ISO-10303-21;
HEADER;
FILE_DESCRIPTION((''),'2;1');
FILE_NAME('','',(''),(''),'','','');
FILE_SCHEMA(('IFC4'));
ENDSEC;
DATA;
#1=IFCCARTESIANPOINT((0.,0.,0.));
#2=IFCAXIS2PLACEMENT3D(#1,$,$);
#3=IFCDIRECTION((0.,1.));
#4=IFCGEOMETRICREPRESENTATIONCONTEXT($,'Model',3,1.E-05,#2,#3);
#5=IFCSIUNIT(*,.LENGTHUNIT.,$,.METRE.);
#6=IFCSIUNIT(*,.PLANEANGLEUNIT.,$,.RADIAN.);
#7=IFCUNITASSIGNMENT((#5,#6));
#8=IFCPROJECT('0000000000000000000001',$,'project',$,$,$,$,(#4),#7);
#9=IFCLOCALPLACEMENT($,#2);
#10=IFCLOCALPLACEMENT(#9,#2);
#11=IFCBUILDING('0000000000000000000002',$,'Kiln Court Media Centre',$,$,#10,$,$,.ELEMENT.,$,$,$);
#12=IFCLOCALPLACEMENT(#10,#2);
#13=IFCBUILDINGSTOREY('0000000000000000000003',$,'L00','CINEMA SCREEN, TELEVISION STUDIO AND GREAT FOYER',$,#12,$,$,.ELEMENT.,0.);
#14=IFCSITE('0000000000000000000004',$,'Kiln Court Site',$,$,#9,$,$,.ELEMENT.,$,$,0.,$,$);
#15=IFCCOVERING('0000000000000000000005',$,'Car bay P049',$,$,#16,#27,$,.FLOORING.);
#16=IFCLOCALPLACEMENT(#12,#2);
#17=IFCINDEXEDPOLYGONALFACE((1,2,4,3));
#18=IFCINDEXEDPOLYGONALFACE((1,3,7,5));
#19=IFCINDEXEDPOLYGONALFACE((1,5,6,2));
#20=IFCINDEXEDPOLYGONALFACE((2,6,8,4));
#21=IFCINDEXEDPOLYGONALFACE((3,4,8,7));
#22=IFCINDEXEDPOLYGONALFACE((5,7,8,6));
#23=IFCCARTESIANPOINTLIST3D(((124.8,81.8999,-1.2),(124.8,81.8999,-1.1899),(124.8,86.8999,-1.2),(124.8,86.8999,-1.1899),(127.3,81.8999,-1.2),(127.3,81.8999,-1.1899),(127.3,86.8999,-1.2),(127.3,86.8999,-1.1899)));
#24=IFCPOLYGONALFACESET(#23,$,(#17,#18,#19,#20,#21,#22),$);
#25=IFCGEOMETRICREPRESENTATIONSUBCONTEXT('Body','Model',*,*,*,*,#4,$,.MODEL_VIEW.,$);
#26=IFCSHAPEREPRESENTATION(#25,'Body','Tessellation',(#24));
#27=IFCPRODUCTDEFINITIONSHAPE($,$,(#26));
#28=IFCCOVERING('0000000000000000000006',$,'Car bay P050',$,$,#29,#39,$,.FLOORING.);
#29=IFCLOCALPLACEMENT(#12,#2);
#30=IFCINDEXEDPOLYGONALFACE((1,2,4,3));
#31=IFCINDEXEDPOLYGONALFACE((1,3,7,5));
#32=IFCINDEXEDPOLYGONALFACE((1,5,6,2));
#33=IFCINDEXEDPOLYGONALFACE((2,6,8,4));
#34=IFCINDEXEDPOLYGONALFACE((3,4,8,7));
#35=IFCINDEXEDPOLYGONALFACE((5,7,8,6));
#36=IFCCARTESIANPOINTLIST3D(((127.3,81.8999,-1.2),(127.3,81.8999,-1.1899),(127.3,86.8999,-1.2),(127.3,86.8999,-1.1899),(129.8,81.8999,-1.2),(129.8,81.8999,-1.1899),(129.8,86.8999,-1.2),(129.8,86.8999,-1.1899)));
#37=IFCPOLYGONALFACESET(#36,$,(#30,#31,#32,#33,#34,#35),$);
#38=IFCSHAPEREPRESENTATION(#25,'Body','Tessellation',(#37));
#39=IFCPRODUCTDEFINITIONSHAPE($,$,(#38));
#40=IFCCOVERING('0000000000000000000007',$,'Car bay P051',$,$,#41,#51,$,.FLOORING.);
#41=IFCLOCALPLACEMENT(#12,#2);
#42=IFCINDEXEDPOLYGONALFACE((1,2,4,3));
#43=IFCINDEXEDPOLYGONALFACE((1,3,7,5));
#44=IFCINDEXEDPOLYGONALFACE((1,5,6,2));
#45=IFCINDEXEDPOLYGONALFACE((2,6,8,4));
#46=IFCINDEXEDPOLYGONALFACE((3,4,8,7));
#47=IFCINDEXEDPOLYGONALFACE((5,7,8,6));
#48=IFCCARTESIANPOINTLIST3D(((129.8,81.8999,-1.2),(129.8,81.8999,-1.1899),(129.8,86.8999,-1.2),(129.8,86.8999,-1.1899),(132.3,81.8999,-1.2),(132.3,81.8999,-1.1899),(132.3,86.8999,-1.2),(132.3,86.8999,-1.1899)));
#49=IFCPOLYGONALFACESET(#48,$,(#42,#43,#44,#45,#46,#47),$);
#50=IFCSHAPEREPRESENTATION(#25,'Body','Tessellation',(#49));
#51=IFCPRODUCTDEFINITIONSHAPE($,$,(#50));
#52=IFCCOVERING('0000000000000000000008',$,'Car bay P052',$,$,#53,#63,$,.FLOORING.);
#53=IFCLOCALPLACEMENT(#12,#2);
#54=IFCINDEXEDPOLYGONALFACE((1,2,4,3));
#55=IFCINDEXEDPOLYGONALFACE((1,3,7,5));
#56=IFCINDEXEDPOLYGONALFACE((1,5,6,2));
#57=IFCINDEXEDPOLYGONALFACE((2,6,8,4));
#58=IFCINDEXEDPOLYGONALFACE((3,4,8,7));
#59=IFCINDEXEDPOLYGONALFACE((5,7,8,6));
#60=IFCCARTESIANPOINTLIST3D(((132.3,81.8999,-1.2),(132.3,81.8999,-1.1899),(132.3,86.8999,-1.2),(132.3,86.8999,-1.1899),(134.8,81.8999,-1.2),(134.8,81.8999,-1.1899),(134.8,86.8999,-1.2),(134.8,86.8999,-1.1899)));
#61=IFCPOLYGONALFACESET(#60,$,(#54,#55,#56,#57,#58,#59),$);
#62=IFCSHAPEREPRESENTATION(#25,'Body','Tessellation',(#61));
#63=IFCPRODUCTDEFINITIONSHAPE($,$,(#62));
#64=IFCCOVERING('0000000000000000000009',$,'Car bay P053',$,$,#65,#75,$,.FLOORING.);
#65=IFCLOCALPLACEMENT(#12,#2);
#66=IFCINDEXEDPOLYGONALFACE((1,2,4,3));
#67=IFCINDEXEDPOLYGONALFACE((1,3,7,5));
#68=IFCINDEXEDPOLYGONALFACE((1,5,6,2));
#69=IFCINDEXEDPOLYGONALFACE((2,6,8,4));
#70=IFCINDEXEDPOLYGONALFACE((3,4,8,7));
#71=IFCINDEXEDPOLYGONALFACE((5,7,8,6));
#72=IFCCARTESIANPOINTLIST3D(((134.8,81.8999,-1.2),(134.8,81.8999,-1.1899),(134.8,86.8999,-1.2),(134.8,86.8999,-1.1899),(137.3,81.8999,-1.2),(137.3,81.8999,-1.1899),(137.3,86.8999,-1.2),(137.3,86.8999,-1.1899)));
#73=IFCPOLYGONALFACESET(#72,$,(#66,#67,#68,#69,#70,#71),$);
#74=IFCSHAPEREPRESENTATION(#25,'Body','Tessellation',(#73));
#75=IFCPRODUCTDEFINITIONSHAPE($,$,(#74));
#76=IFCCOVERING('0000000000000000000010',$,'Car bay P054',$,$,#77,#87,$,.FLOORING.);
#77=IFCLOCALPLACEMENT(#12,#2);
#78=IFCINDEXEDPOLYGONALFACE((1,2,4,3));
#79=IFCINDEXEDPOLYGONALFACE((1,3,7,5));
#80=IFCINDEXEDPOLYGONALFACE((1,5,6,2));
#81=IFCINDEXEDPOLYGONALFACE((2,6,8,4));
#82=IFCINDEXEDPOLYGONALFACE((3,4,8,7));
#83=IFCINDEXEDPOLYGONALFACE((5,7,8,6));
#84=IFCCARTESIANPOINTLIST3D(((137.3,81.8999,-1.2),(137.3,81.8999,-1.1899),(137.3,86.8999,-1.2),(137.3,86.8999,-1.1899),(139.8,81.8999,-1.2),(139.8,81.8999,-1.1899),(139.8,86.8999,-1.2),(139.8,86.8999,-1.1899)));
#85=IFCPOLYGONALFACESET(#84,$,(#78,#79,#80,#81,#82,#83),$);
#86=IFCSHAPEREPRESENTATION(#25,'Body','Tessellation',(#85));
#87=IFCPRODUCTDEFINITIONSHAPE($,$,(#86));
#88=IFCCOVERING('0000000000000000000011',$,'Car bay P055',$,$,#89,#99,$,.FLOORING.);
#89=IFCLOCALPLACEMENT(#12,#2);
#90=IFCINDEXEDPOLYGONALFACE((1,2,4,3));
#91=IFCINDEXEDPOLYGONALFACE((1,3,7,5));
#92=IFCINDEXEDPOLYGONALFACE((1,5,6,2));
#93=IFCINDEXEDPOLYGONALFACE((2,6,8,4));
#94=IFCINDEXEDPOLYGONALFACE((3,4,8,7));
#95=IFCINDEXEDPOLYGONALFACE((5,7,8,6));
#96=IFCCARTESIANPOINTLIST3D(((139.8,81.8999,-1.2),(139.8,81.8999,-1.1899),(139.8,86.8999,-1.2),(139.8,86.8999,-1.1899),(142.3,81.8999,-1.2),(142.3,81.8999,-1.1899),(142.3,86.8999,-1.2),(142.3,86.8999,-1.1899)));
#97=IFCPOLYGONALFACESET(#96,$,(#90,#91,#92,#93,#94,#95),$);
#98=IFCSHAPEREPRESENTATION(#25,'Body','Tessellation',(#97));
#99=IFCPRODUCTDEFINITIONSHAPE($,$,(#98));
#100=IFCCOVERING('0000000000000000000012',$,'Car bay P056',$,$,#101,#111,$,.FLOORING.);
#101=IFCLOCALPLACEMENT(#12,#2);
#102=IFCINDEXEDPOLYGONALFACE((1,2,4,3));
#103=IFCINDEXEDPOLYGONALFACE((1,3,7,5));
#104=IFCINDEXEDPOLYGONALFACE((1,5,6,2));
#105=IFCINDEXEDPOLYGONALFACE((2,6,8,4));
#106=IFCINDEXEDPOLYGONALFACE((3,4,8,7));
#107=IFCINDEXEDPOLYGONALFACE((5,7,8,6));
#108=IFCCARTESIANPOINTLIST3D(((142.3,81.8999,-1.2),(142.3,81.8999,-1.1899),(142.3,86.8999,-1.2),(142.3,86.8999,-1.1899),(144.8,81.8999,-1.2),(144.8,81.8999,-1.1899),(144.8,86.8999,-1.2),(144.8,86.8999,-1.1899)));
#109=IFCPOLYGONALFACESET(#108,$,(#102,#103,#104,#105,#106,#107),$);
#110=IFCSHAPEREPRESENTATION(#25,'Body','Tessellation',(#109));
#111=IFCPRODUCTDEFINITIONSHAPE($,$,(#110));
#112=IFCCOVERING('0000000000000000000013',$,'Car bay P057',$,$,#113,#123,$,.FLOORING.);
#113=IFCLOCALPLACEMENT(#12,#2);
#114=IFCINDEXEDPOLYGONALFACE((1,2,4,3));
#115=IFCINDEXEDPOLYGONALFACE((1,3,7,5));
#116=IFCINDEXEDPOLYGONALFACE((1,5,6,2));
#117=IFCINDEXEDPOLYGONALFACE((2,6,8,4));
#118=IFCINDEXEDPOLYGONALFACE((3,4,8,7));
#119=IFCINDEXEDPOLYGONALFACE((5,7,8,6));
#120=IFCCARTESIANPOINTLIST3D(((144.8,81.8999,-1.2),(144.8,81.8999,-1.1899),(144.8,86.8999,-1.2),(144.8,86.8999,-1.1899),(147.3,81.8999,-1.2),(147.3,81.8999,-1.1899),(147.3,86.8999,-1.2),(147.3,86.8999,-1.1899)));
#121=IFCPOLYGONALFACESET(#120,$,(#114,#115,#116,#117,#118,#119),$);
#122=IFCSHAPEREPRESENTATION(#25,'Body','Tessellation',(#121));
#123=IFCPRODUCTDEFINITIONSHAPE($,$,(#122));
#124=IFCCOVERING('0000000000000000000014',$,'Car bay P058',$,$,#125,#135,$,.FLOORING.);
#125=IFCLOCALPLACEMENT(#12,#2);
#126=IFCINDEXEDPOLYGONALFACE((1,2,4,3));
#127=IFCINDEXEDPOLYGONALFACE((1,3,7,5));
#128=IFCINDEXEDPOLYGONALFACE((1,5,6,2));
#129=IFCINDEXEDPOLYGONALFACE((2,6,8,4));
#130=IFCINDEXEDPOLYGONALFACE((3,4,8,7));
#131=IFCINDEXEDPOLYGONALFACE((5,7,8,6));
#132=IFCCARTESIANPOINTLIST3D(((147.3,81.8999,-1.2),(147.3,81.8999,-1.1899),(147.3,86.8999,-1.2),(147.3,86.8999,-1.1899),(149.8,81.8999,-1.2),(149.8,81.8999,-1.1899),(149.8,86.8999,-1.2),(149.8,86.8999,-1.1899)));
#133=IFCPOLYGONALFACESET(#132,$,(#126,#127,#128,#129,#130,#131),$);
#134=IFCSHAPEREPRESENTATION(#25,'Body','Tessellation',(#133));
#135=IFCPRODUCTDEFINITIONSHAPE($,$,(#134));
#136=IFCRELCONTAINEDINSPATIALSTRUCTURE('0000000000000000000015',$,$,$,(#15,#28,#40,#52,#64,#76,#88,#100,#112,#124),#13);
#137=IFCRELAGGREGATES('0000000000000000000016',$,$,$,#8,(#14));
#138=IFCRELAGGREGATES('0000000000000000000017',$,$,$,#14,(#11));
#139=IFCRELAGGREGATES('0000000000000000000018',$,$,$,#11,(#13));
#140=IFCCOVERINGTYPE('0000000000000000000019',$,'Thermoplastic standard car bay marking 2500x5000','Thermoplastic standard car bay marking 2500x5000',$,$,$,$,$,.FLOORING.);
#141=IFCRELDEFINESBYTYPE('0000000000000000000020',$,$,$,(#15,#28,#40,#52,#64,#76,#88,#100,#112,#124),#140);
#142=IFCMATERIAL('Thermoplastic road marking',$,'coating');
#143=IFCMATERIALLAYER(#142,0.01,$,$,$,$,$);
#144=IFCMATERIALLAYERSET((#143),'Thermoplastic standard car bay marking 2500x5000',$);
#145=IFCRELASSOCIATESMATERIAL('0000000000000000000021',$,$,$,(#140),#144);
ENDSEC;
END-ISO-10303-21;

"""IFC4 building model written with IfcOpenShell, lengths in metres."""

from ifc_helpers import new_model, si_unit, direction, frame, origin, place, context, subcontext, project, spatial, polyline, outline, extrude, material, layer, layer_set, type_object, element, save


model = new_model("IFC4")

# Units and contexts
model_context = context("Model", 3, precision=1e-05, world=origin(), true_north=direction((0.0, 1.0)))
body_context = subcontext(model_context, "Body", "Model", "MODEL_VIEW")
ifc_project = project(units=[si_unit("LENGTHUNIT", "METRE"), si_unit("PLANEANGLEUNIT", "RADIAN")], contexts=[model_context])

# Site, building, storey
site_placement = place(None, origin())
site = spatial("IfcSite", under=ifc_project, at=site_placement, Name="Kiln Court Site", CompositionType="ELEMENT", RefElevation=0.0)
building_placement = place(site_placement, origin())
building = spatial("IfcBuilding", under=site, at=building_placement, Name="Kiln Court Media Centre", CompositionType="ELEMENT")
storey_placement = place(building_placement, origin())
storey = spatial("IfcBuildingStorey", under=building, at=storey_placement, Name="L00", Description="CINEMA SCREEN, TELEVISION STUDIO AND GREAT FOYER", CompositionType="ELEMENT", Elevation=0.0)

# Coverings
ifc_material = material(Name="Thermoplastic road marking", Category="coating")
ifc_layer = layer(ifc_material, 0.01)
ifc_layer_set = layer_set([ifc_layer], Name="Thermoplastic standard car bay marking 2500x5000")
covering_type = type_object("IfcCoveringType", Name="Thermoplastic standard car bay marking 2500x5000", Description="Thermoplastic standard car bay marking 2500x5000", PredefinedType="FLOORING", material=ifc_layer_set)
covering_1_placement = place(storey_placement, frame((0.0, 0.0, -1.2)))
element("IfcCovering", 1, at=covering_1_placement, inside=storey, type_object=covering_type, Name="Car bay P049", PredefinedType="FLOORING", context=body_context, shape_type="SweptSolid", body=[
    extrude(outline(polyline([(124.8, 81.8999), (127.3, 81.8999), (127.3, 86.8999), (124.8, 86.8999), (124.8, 81.8999)])), origin(), (0.0, 0.0, 1.0), 0.01),
])
covering_2_placement = place(storey_placement, frame((0.0, 0.0, -1.2)))
element("IfcCovering", 2, at=covering_2_placement, inside=storey, type_object=covering_type, Name="Car bay P050", PredefinedType="FLOORING", context=body_context, shape_type="SweptSolid", body=[
    extrude(outline(polyline([(127.3, 81.8999), (129.8, 81.8999), (129.8, 86.8999), (127.3, 86.8999), (127.3, 81.8999)])), origin(), (0.0, 0.0, 1.0), 0.01),
])
covering_3_placement = place(storey_placement, frame((0.0, 0.0, -1.2)))
element("IfcCovering", 3, at=covering_3_placement, inside=storey, type_object=covering_type, Name="Car bay P051", PredefinedType="FLOORING", context=body_context, shape_type="SweptSolid", body=[
    extrude(outline(polyline([(129.8, 81.8999), (132.3, 81.8999), (132.3, 86.8999), (129.8, 86.8999), (129.8, 81.8999)])), origin(), (0.0, 0.0, 1.0), 0.01),
])
covering_4_placement = place(storey_placement, frame((0.0, 0.0, -1.2)))
element("IfcCovering", 4, at=covering_4_placement, inside=storey, type_object=covering_type, Name="Car bay P052", PredefinedType="FLOORING", context=body_context, shape_type="SweptSolid", body=[
    extrude(outline(polyline([(132.3, 81.8999), (134.8, 81.8999), (134.8, 86.8999), (132.3, 86.8999), (132.3, 81.8999)])), origin(), (0.0, 0.0, 1.0), 0.01),
])
covering_5_placement = place(storey_placement, frame((0.0, 0.0, -1.2)))
element("IfcCovering", 5, at=covering_5_placement, inside=storey, type_object=covering_type, Name="Car bay P053", PredefinedType="FLOORING", context=body_context, shape_type="SweptSolid", body=[
    extrude(outline(polyline([(134.8, 81.8999), (137.3, 81.8999), (137.3, 86.8999), (134.8, 86.8999), (134.8, 81.8999)])), origin(), (0.0, 0.0, 1.0), 0.01),
])
covering_6_placement = place(storey_placement, frame((0.0, 0.0, -1.2)))
element("IfcCovering", 6, at=covering_6_placement, inside=storey, type_object=covering_type, Name="Car bay P054", PredefinedType="FLOORING", context=body_context, shape_type="SweptSolid", body=[
    extrude(outline(polyline([(137.3, 81.8999), (139.8, 81.8999), (139.8, 86.8999), (137.3, 86.8999), (137.3, 81.8999)])), origin(), (0.0, 0.0, 1.0), 0.01),
])
covering_7_placement = place(storey_placement, frame((0.0, 0.0, -1.2)))
element("IfcCovering", 7, at=covering_7_placement, inside=storey, type_object=covering_type, Name="Car bay P055", PredefinedType="FLOORING", context=body_context, shape_type="SweptSolid", body=[
    extrude(outline(polyline([(139.8, 81.8999), (142.3, 81.8999), (142.3, 86.8999), (139.8, 86.8999), (139.8, 81.8999)])), origin(), (0.0, 0.0, 1.0), 0.01),
])
covering_8_placement = place(storey_placement, frame((0.0, 0.0, -1.2)))
element("IfcCovering", 8, at=covering_8_placement, inside=storey, type_object=covering_type, Name="Car bay P056", PredefinedType="FLOORING", context=body_context, shape_type="SweptSolid", body=[
    extrude(outline(polyline([(142.3, 81.8999), (144.8, 81.8999), (144.8, 86.8999), (142.3, 86.8999), (142.3, 81.8999)])), origin(), (0.0, 0.0, 1.0), 0.01),
])
covering_9_placement = place(storey_placement, frame((0.0, 0.0, -1.2)))
element("IfcCovering", 9, at=covering_9_placement, inside=storey, type_object=covering_type, Name="Car bay P057", PredefinedType="FLOORING", context=body_context, shape_type="SweptSolid", body=[
    extrude(outline(polyline([(144.8, 81.8999), (147.3, 81.8999), (147.3, 86.8999), (144.8, 86.8999), (144.8, 81.8999)])), origin(), (0.0, 0.0, 1.0), 0.01),
])
covering_10_placement = place(storey_placement, frame((0.0, 0.0, -1.2)))
element("IfcCovering", 10, at=covering_10_placement, inside=storey, type_object=covering_type, Name="Car bay P058", PredefinedType="FLOORING", context=body_context, shape_type="SweptSolid", body=[
    extrude(outline(polyline([(147.3, 81.8999), (149.8, 81.8999), (149.8, 86.8999), (147.3, 86.8999), (147.3, 81.8999)])), origin(), (0.0, 0.0, 1.0), 0.01),
])

save(model, "model.ifc")
